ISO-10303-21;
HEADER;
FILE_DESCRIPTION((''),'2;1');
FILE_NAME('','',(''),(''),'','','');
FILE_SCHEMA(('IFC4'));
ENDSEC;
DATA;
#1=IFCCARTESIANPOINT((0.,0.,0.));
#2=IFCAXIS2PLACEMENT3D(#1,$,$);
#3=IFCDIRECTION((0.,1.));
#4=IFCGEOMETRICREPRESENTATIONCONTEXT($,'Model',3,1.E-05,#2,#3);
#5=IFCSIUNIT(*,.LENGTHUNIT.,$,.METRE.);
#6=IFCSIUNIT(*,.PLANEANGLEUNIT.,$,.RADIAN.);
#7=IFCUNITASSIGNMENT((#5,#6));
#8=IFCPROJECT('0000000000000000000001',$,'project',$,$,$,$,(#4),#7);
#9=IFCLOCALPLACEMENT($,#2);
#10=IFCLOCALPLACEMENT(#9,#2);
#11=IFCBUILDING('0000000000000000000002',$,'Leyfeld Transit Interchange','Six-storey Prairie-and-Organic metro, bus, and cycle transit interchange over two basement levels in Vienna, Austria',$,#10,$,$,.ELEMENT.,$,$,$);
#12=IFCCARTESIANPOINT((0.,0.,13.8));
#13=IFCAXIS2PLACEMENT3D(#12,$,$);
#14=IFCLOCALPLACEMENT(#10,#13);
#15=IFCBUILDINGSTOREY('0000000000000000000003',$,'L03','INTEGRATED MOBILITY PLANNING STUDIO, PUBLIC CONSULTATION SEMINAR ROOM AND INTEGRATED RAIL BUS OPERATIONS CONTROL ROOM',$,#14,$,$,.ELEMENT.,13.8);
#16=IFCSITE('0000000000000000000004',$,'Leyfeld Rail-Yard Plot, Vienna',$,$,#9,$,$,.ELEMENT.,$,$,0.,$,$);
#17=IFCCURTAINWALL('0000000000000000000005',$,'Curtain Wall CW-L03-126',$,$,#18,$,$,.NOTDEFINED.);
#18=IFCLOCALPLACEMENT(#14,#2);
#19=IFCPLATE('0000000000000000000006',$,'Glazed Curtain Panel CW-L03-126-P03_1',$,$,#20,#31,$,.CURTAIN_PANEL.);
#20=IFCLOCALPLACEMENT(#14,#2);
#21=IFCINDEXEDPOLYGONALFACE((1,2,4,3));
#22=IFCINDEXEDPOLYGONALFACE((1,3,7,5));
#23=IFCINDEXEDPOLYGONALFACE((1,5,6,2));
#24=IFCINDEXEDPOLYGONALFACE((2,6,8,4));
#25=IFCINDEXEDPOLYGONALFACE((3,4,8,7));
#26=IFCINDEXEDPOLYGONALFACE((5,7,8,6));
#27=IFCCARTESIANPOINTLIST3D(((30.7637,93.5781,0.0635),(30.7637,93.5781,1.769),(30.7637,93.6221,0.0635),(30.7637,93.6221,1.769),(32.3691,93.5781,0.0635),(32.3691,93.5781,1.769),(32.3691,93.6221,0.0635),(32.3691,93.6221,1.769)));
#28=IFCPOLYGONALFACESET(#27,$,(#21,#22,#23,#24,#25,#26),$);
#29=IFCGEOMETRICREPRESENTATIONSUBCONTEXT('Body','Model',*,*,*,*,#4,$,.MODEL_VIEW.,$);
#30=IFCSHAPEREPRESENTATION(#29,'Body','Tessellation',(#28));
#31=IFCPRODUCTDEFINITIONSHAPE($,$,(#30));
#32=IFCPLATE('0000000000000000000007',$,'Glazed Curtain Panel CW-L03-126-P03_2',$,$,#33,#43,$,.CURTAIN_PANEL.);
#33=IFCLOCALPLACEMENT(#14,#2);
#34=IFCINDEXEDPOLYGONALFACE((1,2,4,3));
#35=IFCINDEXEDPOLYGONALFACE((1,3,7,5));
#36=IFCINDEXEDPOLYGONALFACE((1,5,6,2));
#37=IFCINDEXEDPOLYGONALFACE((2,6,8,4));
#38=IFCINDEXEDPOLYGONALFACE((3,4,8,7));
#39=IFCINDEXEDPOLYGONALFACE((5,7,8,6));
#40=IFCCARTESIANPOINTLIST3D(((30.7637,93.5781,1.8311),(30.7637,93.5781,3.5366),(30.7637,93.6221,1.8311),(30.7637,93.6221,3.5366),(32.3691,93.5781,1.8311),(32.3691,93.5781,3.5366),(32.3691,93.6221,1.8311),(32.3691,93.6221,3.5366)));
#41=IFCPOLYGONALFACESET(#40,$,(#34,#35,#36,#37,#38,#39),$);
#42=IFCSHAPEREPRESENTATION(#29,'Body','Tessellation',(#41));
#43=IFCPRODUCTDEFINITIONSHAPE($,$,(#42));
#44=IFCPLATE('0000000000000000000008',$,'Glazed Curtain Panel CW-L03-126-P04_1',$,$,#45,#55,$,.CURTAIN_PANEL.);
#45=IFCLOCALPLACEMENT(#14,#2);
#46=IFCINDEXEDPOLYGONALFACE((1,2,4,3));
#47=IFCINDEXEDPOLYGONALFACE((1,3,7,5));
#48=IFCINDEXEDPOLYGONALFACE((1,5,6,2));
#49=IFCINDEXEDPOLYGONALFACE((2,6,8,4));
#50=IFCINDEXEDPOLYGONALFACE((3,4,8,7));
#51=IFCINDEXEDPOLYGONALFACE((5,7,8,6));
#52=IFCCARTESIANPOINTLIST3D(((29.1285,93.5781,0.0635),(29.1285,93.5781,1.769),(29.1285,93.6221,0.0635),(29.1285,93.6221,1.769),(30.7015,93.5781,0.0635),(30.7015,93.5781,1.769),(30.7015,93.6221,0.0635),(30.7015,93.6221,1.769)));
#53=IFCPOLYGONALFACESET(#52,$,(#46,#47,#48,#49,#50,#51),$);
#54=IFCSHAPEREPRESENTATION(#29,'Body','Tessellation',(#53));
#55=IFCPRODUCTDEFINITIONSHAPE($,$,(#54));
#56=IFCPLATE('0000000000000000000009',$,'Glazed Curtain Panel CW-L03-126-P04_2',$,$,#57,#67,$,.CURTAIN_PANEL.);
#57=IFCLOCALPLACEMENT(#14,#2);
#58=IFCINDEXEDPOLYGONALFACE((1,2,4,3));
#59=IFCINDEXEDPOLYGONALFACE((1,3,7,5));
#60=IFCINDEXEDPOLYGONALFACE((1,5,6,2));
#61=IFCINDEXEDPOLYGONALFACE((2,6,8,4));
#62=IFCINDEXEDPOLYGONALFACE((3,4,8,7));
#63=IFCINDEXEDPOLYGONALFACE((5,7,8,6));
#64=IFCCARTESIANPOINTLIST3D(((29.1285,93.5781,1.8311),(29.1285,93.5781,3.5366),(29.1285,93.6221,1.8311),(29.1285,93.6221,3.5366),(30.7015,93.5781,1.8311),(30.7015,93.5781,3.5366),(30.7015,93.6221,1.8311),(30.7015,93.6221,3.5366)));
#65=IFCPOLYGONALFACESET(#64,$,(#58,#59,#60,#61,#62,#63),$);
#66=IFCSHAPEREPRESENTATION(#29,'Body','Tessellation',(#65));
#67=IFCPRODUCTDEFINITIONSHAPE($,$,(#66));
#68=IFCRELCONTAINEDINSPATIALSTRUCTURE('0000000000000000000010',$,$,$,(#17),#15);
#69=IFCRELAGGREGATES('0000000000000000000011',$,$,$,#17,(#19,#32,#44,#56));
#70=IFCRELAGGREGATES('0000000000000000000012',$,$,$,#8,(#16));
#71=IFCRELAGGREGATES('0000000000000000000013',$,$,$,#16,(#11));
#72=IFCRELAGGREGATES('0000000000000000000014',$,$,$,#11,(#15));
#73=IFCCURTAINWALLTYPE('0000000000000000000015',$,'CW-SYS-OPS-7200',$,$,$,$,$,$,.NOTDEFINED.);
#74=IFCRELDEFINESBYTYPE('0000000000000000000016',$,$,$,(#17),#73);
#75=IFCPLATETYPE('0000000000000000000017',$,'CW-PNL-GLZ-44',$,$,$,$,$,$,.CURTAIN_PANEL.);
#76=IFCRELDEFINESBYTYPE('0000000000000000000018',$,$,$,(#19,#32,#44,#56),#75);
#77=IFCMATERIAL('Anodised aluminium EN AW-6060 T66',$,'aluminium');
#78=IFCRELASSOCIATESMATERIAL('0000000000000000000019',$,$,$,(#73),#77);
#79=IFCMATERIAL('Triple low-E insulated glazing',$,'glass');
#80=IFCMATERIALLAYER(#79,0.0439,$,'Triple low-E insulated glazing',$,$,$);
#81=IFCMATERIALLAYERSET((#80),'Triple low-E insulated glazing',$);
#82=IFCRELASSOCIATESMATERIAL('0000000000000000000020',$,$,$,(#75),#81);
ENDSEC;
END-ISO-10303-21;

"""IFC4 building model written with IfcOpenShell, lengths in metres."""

from ifc_helpers import new_model, si_unit, direction, frame, origin, origin_2d, place, context, subcontext, project, spatial, rectangle, extrude, material, layer, layer_set, type_object, element, aggregate, save


model = new_model("IFC4")

# Units and contexts
model_context = context("Model", 3, precision=1e-05, world=origin(), true_north=direction((0.0, 1.0)))
body_context = subcontext(model_context, "Body", "Model", "MODEL_VIEW")
ifc_project = project(units=[si_unit("LENGTHUNIT", "METRE"), si_unit("PLANEANGLEUNIT", "RADIAN")], contexts=[model_context])

# Site, building, storey
site_placement = place(None, origin())
site = spatial("IfcSite", under=ifc_project, at=site_placement, Name="Leyfeld Rail-Yard Plot, Vienna", CompositionType="ELEMENT", RefElevation=0.0)
building_placement = place(site_placement, origin())
building = spatial("IfcBuilding", under=site, at=building_placement, Name="Leyfeld Transit Interchange", Description="Six-storey Prairie-and-Organic metro, bus, and cycle transit interchange over two basement levels in Vienna, Austria", CompositionType="ELEMENT")
storey_placement = place(building_placement, frame((0.0, 0.0, 13.8)))
storey = spatial("IfcBuildingStorey", under=building, at=storey_placement, Name="L03", Description="INTEGRATED MOBILITY PLANNING STUDIO, PUBLIC CONSULTATION SEMINAR ROOM AND INTEGRATED RAIL BUS OPERATIONS CONTROL ROOM", CompositionType="ELEMENT", Elevation=13.8)

# Curtain wall
ifc_material_1 = material(Name="Anodised aluminium EN AW-6060 T66", Category="aluminium")
curtain_wall_type = type_object("IfcCurtainWallType", Name="CW-SYS-OPS-7200", PredefinedType="NOTDEFINED", material=ifc_material_1)
curtain_wall_1_placement = place(storey_placement, origin())
curtain_wall_1 = element("IfcCurtainWall", 1, at=curtain_wall_1_placement, inside=storey, type_object=curtain_wall_type, Name="Curtain Wall CW-L03-126", PredefinedType="NOTDEFINED")

# Plates
ifc_material_2 = material(Name="Triple low-E insulated glazing", Category="glass")
ifc_layer = layer(ifc_material_2, 0.0439, Name="Triple low-E insulated glazing")
ifc_layer_set = layer_set([ifc_layer], Name="Triple low-E insulated glazing")
plate_type = type_object("IfcPlateType", Name="CW-PNL-GLZ-44", PredefinedType="CURTAIN_PANEL", material=ifc_layer_set)
plate_1_placement = place(storey_placement, frame((31.5664, 93.6001, 0.0635), z_axis=(0.0, 0.0, 1.0), x_axis=(-1.0, 0.0, 0.0)))
plate_1 = element("IfcPlate", 2, at=plate_1_placement, type_object=plate_type, Name="Glazed Curtain Panel CW-L03-126-P03_1", PredefinedType="CURTAIN_PANEL", context=body_context, shape_type="SweptSolid", body=[
    extrude(rectangle(XDim=1.6055, YDim=0.0439, at=origin_2d()), origin(), (0.0, 0.0, 1.0), 1.7056),
])
plate_2_placement = place(storey_placement, frame((31.5664, 93.6001, 1.8311), z_axis=(0.0, 0.0, 1.0), x_axis=(-1.0, 0.0, 0.0)))
plate_2 = element("IfcPlate", 3, at=plate_2_placement, type_object=plate_type, Name="Glazed Curtain Panel CW-L03-126-P03_2", PredefinedType="CURTAIN_PANEL", context=body_context, shape_type="SweptSolid", body=[
    extrude(rectangle(XDim=1.6055, YDim=0.0439, at=origin_2d()), origin(), (0.0, 0.0, 1.0), 1.7056),
])
plate_3_placement = place(storey_placement, frame((29.915, 93.6001, 0.0635), z_axis=(0.0, 0.0, 1.0), x_axis=(-1.0, 0.0, 0.0)))
plate_3 = element("IfcPlate", 4, at=plate_3_placement, type_object=plate_type, Name="Glazed Curtain Panel CW-L03-126-P04_1", PredefinedType="CURTAIN_PANEL", context=body_context, shape_type="SweptSolid", body=[
    extrude(rectangle(XDim=1.573, YDim=0.0439, at=origin_2d()), origin(), (0.0, 0.0, 1.0), 1.7056),
])
plate_4_placement = place(storey_placement, frame((29.915, 93.6001, 1.8311), z_axis=(0.0, 0.0, 1.0), x_axis=(-1.0, 0.0, 0.0)))
plate_4 = element("IfcPlate", 5, at=plate_4_placement, type_object=plate_type, Name="Glazed Curtain Panel CW-L03-126-P04_2", PredefinedType="CURTAIN_PANEL", context=body_context, shape_type="SweptSolid", body=[
    extrude(rectangle(XDim=1.573, YDim=0.0439, at=origin_2d()), origin(), (0.0, 0.0, 1.0), 1.7056),
])
aggregate(curtain_wall_1, [plate_1, plate_2, plate_3, plate_4])

save(model, "model.ifc")
